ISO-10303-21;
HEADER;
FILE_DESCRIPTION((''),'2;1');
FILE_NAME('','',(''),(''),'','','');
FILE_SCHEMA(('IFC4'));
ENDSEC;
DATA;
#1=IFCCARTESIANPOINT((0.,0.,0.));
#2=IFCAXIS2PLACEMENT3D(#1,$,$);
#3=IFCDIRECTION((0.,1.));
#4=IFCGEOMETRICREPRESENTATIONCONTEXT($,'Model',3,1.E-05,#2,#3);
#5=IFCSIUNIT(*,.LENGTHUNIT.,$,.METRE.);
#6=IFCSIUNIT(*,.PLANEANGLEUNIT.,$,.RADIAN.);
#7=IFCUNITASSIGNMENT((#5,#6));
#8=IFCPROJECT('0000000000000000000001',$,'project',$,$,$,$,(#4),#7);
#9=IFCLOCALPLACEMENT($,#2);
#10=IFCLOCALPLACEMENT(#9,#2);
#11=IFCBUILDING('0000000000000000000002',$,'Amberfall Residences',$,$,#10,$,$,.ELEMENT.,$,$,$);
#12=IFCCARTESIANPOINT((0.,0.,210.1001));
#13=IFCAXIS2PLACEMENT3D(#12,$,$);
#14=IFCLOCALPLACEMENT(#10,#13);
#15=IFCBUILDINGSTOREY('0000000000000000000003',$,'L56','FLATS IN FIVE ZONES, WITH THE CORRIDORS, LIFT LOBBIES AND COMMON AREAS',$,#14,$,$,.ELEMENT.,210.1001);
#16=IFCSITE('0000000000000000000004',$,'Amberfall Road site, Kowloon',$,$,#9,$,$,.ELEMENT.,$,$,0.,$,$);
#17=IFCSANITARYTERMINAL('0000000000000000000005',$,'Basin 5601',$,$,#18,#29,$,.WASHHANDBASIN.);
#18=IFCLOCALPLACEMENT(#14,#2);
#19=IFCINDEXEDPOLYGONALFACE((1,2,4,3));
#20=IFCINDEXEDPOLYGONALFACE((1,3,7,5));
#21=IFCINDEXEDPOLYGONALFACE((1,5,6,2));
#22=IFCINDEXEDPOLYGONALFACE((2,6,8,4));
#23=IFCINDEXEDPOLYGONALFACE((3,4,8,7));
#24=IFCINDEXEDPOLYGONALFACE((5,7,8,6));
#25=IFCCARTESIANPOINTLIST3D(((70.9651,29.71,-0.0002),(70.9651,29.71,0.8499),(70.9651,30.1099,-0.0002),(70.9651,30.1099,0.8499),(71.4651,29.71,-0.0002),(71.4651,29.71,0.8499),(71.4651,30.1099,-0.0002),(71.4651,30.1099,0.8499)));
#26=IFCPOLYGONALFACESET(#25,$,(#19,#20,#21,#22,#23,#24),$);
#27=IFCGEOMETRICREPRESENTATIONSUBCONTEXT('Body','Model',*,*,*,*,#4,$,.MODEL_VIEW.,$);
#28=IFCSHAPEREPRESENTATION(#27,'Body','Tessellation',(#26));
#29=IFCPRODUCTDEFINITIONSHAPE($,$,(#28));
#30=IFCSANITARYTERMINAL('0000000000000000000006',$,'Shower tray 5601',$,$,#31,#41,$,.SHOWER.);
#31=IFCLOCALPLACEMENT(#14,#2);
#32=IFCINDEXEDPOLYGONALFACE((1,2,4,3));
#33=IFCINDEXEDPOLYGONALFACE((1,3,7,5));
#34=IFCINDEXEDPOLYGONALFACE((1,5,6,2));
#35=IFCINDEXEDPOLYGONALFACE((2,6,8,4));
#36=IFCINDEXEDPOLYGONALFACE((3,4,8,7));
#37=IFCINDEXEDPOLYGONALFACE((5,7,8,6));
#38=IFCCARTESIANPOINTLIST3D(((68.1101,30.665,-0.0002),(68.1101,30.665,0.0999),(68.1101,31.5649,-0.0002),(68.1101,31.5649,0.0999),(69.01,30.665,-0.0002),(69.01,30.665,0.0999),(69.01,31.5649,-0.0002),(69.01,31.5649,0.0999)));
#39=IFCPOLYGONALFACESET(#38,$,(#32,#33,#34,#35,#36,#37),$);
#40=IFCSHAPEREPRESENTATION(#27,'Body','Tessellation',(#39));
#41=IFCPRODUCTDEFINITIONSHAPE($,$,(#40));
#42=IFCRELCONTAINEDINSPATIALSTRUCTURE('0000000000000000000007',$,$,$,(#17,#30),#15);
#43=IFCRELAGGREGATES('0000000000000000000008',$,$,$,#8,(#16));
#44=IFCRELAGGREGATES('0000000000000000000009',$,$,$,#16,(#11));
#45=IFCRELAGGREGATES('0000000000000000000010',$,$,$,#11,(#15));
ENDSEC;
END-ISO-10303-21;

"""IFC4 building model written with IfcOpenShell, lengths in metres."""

from ifc_helpers import new_model, si_unit, direction, frame, origin, origin_2d, place, context, subcontext, project, spatial, rectangle, extrude, element, save


model = new_model("IFC4")

# Units and contexts
model_context = context("Model", 3, precision=1e-05, world=origin(), true_north=direction((0.0, 1.0)))
body_context = subcontext(model_context, "Body", "Model", "MODEL_VIEW")
ifc_project = project(units=[si_unit("LENGTHUNIT", "METRE"), si_unit("PLANEANGLEUNIT", "RADIAN")], contexts=[model_context])

# Site, building, storey
site_placement = place(None, origin())
site = spatial("IfcSite", under=ifc_project, at=site_placement, Name="Amberfall Road site, Kowloon", CompositionType="ELEMENT", RefElevation=0.0)
building_placement = place(site_placement, origin())
building = spatial("IfcBuilding", under=site, at=building_placement, Name="Amberfall Residences", CompositionType="ELEMENT")
storey_placement = place(building_placement, frame((0.0, 0.0, 210.1001)))
storey = spatial("IfcBuildingStorey", under=building, at=storey_placement, Name="L56", Description="FLATS IN FIVE ZONES, WITH THE CORRIDORS, LIFT LOBBIES AND COMMON AREAS", CompositionType="ELEMENT", Elevation=210.1001)

# Sanitary terminals
sanitary_terminal_1_placement = place(storey_placement, frame((71.2151, 29.9099, -0.0002), z_axis=(0.0, 0.0, 1.0), x_axis=(1.0, 0.0, 0.0)))
element("IfcSanitaryTerminal", 1, at=sanitary_terminal_1_placement, inside=storey, Name="Basin 5601", PredefinedType="WASHHANDBASIN", context=body_context, shape_type="SweptSolid", body=[
    extrude(rectangle(XDim=0.5, YDim=0.3999, at=origin_2d()), origin(), (0.0, 0.0, 1.0), 0.8501),
])
sanitary_terminal_2_placement = place(storey_placement, frame((68.5601, 31.115, -0.0002), z_axis=(0.0, 0.0, 1.0), x_axis=(1.0, 0.0, 0.0)))
element("IfcSanitaryTerminal", 2, at=sanitary_terminal_2_placement, inside=storey, Name="Shower tray 5601", PredefinedType="SHOWER", context=body_context, shape_type="SweptSolid", body=[
    extrude(rectangle(XDim=0.8999, YDim=0.8999, at=origin_2d()), origin(), (0.0, 0.0, 1.0), 0.1001),
])

save(model, "model.ifc")
